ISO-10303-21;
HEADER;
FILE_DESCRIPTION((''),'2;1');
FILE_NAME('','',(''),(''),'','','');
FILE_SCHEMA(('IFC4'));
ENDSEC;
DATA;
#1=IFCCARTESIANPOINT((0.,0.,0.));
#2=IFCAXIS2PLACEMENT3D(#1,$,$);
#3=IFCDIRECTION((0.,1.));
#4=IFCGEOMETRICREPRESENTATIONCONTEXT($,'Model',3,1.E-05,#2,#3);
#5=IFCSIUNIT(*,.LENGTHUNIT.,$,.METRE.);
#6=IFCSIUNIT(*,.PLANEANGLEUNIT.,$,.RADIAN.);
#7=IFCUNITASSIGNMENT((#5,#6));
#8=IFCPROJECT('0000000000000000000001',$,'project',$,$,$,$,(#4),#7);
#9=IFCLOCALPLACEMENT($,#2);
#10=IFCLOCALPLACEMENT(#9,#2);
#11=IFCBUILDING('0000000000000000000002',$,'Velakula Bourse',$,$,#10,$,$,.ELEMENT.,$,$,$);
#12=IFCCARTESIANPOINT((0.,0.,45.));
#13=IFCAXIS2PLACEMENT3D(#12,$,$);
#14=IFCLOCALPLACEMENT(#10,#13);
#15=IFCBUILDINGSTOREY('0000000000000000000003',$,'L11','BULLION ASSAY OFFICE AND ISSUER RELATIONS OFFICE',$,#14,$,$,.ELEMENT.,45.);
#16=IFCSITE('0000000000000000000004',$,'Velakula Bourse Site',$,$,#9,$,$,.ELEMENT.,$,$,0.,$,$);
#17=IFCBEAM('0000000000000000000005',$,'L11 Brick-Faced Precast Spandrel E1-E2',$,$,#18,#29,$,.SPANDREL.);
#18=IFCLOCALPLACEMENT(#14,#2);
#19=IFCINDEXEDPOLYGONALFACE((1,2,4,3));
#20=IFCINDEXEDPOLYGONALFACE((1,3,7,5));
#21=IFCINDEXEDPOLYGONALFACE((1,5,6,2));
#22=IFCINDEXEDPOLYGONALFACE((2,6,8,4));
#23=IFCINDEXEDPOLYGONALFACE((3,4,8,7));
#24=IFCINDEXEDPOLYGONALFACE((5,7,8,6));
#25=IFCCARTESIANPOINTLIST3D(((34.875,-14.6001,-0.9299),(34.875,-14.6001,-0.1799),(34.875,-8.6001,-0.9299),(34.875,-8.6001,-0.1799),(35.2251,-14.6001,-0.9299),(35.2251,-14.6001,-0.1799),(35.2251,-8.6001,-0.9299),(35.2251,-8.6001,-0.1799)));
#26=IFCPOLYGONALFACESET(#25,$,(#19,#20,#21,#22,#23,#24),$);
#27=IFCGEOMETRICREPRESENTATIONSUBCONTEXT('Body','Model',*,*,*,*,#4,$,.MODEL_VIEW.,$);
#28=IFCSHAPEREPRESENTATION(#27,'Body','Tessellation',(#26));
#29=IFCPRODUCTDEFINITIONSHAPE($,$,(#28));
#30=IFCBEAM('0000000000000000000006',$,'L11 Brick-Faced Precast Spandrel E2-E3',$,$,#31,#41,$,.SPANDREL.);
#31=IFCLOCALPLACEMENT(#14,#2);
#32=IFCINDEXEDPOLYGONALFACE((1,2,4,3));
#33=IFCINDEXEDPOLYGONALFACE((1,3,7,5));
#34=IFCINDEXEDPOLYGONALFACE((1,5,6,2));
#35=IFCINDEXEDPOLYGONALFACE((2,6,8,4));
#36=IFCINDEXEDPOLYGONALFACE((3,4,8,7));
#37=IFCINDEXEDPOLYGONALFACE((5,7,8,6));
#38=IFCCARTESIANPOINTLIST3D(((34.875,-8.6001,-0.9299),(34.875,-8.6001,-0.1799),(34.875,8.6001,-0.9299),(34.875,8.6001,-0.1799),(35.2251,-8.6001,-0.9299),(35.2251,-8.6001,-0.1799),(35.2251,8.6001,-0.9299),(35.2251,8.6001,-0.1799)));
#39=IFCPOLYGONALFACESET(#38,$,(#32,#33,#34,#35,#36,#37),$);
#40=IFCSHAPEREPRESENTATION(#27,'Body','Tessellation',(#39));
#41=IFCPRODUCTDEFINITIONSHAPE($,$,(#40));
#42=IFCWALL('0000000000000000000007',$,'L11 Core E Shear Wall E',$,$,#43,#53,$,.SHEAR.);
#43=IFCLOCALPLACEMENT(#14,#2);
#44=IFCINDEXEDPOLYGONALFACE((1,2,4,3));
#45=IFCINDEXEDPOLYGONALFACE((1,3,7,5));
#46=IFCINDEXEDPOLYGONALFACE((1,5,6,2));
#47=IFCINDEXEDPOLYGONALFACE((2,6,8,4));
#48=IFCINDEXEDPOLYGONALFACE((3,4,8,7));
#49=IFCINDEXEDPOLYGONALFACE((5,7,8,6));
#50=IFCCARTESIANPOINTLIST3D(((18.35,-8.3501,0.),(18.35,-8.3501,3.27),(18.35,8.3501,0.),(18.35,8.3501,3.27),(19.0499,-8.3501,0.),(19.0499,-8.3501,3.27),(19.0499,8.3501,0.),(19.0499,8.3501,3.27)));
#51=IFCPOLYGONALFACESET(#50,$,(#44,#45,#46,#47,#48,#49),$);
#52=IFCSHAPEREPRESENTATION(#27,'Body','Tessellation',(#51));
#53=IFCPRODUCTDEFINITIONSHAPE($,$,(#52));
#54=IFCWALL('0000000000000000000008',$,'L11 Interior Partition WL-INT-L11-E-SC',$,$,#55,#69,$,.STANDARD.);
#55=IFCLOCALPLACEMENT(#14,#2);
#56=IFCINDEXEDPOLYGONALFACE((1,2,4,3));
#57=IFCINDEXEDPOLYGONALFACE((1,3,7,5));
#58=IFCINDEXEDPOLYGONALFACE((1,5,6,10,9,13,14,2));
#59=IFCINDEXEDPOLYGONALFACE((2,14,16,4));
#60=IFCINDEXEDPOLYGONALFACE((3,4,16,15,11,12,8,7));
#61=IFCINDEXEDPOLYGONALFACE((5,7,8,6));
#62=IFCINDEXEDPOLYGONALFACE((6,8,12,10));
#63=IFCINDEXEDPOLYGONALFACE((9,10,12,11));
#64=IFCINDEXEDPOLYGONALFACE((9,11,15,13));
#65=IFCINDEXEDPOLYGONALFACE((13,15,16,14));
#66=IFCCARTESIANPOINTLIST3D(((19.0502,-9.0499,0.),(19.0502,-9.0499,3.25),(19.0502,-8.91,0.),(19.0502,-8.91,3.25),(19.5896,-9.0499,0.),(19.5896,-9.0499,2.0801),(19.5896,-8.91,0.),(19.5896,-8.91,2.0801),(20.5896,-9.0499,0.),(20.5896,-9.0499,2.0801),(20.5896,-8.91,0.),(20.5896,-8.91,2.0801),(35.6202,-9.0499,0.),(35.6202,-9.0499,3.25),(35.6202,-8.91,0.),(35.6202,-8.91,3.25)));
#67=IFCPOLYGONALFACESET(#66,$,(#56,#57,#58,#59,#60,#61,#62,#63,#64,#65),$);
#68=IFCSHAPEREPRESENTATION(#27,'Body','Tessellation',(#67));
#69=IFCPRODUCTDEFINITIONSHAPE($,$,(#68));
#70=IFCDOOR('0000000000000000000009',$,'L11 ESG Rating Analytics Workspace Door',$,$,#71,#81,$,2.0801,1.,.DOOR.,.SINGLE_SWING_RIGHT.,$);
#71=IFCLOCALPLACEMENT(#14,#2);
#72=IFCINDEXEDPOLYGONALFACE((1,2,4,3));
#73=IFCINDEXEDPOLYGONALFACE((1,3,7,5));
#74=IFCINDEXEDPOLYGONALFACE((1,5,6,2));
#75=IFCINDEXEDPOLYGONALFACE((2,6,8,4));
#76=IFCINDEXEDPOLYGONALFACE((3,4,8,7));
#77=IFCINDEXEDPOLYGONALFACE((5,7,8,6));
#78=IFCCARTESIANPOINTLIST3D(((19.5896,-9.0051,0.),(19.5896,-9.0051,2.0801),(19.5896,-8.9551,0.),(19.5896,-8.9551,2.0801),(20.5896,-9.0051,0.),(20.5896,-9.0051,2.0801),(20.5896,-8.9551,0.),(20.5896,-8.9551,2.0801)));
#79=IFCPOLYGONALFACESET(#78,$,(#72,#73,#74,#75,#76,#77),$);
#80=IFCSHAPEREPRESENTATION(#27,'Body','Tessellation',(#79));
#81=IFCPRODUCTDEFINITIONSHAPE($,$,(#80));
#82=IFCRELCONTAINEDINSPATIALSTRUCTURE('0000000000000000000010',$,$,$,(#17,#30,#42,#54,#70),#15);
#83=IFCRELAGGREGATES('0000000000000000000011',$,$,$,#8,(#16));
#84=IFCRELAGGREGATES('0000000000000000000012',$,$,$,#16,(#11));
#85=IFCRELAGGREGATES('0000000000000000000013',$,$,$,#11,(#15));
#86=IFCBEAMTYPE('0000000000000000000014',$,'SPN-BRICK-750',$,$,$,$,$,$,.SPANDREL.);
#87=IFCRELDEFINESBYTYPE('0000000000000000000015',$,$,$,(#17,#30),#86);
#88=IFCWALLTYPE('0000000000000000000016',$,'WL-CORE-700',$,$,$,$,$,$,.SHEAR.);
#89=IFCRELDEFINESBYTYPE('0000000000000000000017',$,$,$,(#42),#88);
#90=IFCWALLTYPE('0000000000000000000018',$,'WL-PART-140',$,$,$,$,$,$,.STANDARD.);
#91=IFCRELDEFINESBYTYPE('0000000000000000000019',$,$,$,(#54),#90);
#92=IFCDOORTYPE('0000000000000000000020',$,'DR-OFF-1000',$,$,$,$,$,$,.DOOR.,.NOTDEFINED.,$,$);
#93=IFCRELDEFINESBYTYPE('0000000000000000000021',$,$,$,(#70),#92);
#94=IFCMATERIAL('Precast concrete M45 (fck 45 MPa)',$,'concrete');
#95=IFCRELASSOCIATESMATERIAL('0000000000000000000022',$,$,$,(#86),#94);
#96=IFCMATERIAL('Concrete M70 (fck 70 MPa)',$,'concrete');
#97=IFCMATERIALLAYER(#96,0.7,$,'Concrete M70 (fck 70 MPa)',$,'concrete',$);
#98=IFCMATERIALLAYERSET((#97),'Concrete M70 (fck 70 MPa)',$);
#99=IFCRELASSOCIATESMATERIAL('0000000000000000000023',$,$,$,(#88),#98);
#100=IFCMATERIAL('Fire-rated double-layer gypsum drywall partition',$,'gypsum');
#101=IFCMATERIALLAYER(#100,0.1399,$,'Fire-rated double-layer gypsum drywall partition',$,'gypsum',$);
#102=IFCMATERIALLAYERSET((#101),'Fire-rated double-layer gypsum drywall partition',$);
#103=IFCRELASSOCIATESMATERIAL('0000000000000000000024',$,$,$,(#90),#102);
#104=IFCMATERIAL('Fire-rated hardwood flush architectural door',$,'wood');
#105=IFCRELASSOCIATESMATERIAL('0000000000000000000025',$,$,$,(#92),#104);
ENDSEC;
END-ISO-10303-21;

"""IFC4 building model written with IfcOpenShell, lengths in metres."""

from ifc_helpers import new_model, si_unit, direction, frame, frame_2d, origin, origin_2d, place, context, subcontext, project, spatial, rectangle, extrude, material, layer, layer_set, material_profile, profile_set, type_object, element, fill, save


model = new_model("IFC4")

# Units and contexts
model_context = context("Model", 3, precision=1e-05, world=origin(), true_north=direction((0.0, 1.0)))
body_context = subcontext(model_context, "Body", "Model", "MODEL_VIEW")
ifc_project = project(units=[si_unit("LENGTHUNIT", "METRE"), si_unit("PLANEANGLEUNIT", "RADIAN")], contexts=[model_context])

# Site, building, storey
site_placement = place(None, origin())
site = spatial("IfcSite", under=ifc_project, at=site_placement, Name="Velakula Bourse Site", CompositionType="ELEMENT", RefElevation=0.0)
building_placement = place(site_placement, origin())
building = spatial("IfcBuilding", under=site, at=building_placement, Name="Velakula Bourse", CompositionType="ELEMENT")
storey_placement = place(building_placement, frame((0.0, 0.0, 45.0)))
storey = spatial("IfcBuildingStorey", under=building, at=storey_placement, Name="L11", Description="BULLION ASSAY OFFICE AND ISSUER RELATIONS OFFICE", CompositionType="ELEMENT", Elevation=45.0)

# Shared definitions
ifc_material_1 = material(Name="Concrete M70 (fck 70 MPa)", Category="concrete")

# Beams
ifc_material_2 = material(Name="Precast concrete M45 (fck 45 MPa)", Category="concrete")
ifc_material_profile_1 = material_profile(ifc_material_2, rectangle(XDim=0.3501, YDim=0.75, at=origin_2d()), Name="Precast concrete M45 (fck 45 MPa)")
ifc_profile_set_1 = profile_set([ifc_material_profile_1], Name="Precast concrete M45 (fck 45 MPa)")
beam_type_1 = type_object("IfcBeamType", Name="SPN-BRICK-750", PredefinedType="SPANDREL", material=ifc_profile_set_1)
beam_1_placement = place(storey_placement, frame((35.05, -14.6001, -0.5549), z_axis=(0.0, 1.0, 0.0), x_axis=(-1.0, 0.0, 0.0)))
element("IfcBeam", 1, at=beam_1_placement, inside=storey, type_object=beam_type_1, Name="L11 Brick-Faced Precast Spandrel E1-E2", PredefinedType="SPANDREL", context=body_context, shape_type="SweptSolid", body=[
    extrude(rectangle(XDim=0.3501, YDim=0.75, at=origin_2d()), origin(), (0.0, 0.0, 1.0), 6.0),
])
beam_2_placement = place(storey_placement, frame((35.05, -8.6001, -0.5549), z_axis=(0.0, 1.0, 0.0), x_axis=(-1.0, 0.0, 0.0)))
element("IfcBeam", 2, at=beam_2_placement, inside=storey, type_object=beam_type_1, Name="L11 Brick-Faced Precast Spandrel E2-E3", PredefinedType="SPANDREL", context=body_context, shape_type="SweptSolid", body=[
    extrude(rectangle(XDim=0.3501, YDim=0.75, at=origin_2d()), origin(), (0.0, 0.0, 1.0), 17.2002),
])

# Wall
ifc_layer_1 = layer(ifc_material_1, 0.7, Name="Concrete M70 (fck 70 MPa)", Category="concrete")
ifc_layer_set_1 = layer_set([ifc_layer_1], Name="Concrete M70 (fck 70 MPa)")
wall_type_1 = type_object("IfcWallType", Name="WL-CORE-700", PredefinedType="SHEAR", material=ifc_layer_set_1)
wall_1_placement = place(storey_placement, frame((18.7, -8.3501, 0.0), z_axis=(0.0, 0.0, 1.0), x_axis=(0.0, 1.0, 0.0)))
element("IfcWall", 3, at=wall_1_placement, inside=storey, type_object=wall_type_1, Name="L11 Core E Shear Wall E", PredefinedType="SHEAR", context=body_context, shape_type="SweptSolid", body=[
    extrude(rectangle(XDim=16.7002, YDim=0.7, at=frame_2d((8.3501, 0.0))), origin(), (0.0, 0.0, 1.0), 3.27),
])

# Wall, opening, door
ifc_material_3 = material(Name="Fire-rated double-layer gypsum drywall partition", Category="gypsum")
ifc_layer_2 = layer(ifc_material_3, 0.1399, Name="Fire-rated double-layer gypsum drywall partition", Category="gypsum")
ifc_layer_set_2 = layer_set([ifc_layer_2], Name="Fire-rated double-layer gypsum drywall partition")
wall_type_2 = type_object("IfcWallType", Name="WL-PART-140", PredefinedType="STANDARD", material=ifc_layer_set_2)
wall_2_placement = place(storey_placement, frame((19.05, -8.98, 0.0), z_axis=(0.0, 0.0, 1.0), x_axis=(1.0, 0.0, 0.0)))
wall_2 = element("IfcWall", 4, at=wall_2_placement, inside=storey, type_object=wall_type_2, Name="L11 Interior Partition WL-INT-L11-E-SC", PredefinedType="STANDARD", context=body_context, shape_type="SweptSolid", body=[
    extrude(rectangle(XDim=16.5701, YDim=0.1399, at=frame_2d((8.2852, 0.0))), origin(), (0.0, 0.0, 1.0), 3.25),
])
opening_placement = place(wall_2_placement, frame((0.5396, 0.0, 0.0)))
opening = element("IfcOpeningElement", 5, at=opening_placement, cuts=wall_2, PredefinedType="OPENING", context=body_context, shape_type="SweptSolid", body=[
    extrude(rectangle(XDim=1.0, YDim=2.0801, at=frame_2d((0.5, 1.04))), frame((0.0, 0.0798, 0.0), z_axis=(0.0, -1.0, 0.0), x_axis=(1.0, 0.0, 0.0)), (0.0, 0.0, 1.0), 0.1599),
])
ifc_material_4 = material(Name="Fire-rated hardwood flush architectural door", Category="wood")
door_type = type_object("IfcDoorType", Name="DR-OFF-1000", OperationType="NOTDEFINED", PredefinedType="DOOR", material=ifc_material_4)
door_placement = place(opening_placement, origin())
door = element("IfcDoor", 6, at=door_placement, inside=storey, type_object=door_type, Name="L11 ESG Rating Analytics Workspace Door", OperationType="SINGLE_SWING_RIGHT", OverallHeight=2.0801, OverallWidth=1.0, PredefinedType="DOOR", context=body_context, shape_type="SweptSolid", body=[
    extrude(rectangle(XDim=1.0, YDim=2.0801, at=frame_2d((0.5, 1.04))), frame((0.0, 0.0249, 0.0), z_axis=(0.0, -1.0, 0.0), x_axis=(1.0, 0.0, 0.0)), (0.0, 0.0, 1.0), 0.05),
])
fill(opening, door)

save(model, "model.ifc")
